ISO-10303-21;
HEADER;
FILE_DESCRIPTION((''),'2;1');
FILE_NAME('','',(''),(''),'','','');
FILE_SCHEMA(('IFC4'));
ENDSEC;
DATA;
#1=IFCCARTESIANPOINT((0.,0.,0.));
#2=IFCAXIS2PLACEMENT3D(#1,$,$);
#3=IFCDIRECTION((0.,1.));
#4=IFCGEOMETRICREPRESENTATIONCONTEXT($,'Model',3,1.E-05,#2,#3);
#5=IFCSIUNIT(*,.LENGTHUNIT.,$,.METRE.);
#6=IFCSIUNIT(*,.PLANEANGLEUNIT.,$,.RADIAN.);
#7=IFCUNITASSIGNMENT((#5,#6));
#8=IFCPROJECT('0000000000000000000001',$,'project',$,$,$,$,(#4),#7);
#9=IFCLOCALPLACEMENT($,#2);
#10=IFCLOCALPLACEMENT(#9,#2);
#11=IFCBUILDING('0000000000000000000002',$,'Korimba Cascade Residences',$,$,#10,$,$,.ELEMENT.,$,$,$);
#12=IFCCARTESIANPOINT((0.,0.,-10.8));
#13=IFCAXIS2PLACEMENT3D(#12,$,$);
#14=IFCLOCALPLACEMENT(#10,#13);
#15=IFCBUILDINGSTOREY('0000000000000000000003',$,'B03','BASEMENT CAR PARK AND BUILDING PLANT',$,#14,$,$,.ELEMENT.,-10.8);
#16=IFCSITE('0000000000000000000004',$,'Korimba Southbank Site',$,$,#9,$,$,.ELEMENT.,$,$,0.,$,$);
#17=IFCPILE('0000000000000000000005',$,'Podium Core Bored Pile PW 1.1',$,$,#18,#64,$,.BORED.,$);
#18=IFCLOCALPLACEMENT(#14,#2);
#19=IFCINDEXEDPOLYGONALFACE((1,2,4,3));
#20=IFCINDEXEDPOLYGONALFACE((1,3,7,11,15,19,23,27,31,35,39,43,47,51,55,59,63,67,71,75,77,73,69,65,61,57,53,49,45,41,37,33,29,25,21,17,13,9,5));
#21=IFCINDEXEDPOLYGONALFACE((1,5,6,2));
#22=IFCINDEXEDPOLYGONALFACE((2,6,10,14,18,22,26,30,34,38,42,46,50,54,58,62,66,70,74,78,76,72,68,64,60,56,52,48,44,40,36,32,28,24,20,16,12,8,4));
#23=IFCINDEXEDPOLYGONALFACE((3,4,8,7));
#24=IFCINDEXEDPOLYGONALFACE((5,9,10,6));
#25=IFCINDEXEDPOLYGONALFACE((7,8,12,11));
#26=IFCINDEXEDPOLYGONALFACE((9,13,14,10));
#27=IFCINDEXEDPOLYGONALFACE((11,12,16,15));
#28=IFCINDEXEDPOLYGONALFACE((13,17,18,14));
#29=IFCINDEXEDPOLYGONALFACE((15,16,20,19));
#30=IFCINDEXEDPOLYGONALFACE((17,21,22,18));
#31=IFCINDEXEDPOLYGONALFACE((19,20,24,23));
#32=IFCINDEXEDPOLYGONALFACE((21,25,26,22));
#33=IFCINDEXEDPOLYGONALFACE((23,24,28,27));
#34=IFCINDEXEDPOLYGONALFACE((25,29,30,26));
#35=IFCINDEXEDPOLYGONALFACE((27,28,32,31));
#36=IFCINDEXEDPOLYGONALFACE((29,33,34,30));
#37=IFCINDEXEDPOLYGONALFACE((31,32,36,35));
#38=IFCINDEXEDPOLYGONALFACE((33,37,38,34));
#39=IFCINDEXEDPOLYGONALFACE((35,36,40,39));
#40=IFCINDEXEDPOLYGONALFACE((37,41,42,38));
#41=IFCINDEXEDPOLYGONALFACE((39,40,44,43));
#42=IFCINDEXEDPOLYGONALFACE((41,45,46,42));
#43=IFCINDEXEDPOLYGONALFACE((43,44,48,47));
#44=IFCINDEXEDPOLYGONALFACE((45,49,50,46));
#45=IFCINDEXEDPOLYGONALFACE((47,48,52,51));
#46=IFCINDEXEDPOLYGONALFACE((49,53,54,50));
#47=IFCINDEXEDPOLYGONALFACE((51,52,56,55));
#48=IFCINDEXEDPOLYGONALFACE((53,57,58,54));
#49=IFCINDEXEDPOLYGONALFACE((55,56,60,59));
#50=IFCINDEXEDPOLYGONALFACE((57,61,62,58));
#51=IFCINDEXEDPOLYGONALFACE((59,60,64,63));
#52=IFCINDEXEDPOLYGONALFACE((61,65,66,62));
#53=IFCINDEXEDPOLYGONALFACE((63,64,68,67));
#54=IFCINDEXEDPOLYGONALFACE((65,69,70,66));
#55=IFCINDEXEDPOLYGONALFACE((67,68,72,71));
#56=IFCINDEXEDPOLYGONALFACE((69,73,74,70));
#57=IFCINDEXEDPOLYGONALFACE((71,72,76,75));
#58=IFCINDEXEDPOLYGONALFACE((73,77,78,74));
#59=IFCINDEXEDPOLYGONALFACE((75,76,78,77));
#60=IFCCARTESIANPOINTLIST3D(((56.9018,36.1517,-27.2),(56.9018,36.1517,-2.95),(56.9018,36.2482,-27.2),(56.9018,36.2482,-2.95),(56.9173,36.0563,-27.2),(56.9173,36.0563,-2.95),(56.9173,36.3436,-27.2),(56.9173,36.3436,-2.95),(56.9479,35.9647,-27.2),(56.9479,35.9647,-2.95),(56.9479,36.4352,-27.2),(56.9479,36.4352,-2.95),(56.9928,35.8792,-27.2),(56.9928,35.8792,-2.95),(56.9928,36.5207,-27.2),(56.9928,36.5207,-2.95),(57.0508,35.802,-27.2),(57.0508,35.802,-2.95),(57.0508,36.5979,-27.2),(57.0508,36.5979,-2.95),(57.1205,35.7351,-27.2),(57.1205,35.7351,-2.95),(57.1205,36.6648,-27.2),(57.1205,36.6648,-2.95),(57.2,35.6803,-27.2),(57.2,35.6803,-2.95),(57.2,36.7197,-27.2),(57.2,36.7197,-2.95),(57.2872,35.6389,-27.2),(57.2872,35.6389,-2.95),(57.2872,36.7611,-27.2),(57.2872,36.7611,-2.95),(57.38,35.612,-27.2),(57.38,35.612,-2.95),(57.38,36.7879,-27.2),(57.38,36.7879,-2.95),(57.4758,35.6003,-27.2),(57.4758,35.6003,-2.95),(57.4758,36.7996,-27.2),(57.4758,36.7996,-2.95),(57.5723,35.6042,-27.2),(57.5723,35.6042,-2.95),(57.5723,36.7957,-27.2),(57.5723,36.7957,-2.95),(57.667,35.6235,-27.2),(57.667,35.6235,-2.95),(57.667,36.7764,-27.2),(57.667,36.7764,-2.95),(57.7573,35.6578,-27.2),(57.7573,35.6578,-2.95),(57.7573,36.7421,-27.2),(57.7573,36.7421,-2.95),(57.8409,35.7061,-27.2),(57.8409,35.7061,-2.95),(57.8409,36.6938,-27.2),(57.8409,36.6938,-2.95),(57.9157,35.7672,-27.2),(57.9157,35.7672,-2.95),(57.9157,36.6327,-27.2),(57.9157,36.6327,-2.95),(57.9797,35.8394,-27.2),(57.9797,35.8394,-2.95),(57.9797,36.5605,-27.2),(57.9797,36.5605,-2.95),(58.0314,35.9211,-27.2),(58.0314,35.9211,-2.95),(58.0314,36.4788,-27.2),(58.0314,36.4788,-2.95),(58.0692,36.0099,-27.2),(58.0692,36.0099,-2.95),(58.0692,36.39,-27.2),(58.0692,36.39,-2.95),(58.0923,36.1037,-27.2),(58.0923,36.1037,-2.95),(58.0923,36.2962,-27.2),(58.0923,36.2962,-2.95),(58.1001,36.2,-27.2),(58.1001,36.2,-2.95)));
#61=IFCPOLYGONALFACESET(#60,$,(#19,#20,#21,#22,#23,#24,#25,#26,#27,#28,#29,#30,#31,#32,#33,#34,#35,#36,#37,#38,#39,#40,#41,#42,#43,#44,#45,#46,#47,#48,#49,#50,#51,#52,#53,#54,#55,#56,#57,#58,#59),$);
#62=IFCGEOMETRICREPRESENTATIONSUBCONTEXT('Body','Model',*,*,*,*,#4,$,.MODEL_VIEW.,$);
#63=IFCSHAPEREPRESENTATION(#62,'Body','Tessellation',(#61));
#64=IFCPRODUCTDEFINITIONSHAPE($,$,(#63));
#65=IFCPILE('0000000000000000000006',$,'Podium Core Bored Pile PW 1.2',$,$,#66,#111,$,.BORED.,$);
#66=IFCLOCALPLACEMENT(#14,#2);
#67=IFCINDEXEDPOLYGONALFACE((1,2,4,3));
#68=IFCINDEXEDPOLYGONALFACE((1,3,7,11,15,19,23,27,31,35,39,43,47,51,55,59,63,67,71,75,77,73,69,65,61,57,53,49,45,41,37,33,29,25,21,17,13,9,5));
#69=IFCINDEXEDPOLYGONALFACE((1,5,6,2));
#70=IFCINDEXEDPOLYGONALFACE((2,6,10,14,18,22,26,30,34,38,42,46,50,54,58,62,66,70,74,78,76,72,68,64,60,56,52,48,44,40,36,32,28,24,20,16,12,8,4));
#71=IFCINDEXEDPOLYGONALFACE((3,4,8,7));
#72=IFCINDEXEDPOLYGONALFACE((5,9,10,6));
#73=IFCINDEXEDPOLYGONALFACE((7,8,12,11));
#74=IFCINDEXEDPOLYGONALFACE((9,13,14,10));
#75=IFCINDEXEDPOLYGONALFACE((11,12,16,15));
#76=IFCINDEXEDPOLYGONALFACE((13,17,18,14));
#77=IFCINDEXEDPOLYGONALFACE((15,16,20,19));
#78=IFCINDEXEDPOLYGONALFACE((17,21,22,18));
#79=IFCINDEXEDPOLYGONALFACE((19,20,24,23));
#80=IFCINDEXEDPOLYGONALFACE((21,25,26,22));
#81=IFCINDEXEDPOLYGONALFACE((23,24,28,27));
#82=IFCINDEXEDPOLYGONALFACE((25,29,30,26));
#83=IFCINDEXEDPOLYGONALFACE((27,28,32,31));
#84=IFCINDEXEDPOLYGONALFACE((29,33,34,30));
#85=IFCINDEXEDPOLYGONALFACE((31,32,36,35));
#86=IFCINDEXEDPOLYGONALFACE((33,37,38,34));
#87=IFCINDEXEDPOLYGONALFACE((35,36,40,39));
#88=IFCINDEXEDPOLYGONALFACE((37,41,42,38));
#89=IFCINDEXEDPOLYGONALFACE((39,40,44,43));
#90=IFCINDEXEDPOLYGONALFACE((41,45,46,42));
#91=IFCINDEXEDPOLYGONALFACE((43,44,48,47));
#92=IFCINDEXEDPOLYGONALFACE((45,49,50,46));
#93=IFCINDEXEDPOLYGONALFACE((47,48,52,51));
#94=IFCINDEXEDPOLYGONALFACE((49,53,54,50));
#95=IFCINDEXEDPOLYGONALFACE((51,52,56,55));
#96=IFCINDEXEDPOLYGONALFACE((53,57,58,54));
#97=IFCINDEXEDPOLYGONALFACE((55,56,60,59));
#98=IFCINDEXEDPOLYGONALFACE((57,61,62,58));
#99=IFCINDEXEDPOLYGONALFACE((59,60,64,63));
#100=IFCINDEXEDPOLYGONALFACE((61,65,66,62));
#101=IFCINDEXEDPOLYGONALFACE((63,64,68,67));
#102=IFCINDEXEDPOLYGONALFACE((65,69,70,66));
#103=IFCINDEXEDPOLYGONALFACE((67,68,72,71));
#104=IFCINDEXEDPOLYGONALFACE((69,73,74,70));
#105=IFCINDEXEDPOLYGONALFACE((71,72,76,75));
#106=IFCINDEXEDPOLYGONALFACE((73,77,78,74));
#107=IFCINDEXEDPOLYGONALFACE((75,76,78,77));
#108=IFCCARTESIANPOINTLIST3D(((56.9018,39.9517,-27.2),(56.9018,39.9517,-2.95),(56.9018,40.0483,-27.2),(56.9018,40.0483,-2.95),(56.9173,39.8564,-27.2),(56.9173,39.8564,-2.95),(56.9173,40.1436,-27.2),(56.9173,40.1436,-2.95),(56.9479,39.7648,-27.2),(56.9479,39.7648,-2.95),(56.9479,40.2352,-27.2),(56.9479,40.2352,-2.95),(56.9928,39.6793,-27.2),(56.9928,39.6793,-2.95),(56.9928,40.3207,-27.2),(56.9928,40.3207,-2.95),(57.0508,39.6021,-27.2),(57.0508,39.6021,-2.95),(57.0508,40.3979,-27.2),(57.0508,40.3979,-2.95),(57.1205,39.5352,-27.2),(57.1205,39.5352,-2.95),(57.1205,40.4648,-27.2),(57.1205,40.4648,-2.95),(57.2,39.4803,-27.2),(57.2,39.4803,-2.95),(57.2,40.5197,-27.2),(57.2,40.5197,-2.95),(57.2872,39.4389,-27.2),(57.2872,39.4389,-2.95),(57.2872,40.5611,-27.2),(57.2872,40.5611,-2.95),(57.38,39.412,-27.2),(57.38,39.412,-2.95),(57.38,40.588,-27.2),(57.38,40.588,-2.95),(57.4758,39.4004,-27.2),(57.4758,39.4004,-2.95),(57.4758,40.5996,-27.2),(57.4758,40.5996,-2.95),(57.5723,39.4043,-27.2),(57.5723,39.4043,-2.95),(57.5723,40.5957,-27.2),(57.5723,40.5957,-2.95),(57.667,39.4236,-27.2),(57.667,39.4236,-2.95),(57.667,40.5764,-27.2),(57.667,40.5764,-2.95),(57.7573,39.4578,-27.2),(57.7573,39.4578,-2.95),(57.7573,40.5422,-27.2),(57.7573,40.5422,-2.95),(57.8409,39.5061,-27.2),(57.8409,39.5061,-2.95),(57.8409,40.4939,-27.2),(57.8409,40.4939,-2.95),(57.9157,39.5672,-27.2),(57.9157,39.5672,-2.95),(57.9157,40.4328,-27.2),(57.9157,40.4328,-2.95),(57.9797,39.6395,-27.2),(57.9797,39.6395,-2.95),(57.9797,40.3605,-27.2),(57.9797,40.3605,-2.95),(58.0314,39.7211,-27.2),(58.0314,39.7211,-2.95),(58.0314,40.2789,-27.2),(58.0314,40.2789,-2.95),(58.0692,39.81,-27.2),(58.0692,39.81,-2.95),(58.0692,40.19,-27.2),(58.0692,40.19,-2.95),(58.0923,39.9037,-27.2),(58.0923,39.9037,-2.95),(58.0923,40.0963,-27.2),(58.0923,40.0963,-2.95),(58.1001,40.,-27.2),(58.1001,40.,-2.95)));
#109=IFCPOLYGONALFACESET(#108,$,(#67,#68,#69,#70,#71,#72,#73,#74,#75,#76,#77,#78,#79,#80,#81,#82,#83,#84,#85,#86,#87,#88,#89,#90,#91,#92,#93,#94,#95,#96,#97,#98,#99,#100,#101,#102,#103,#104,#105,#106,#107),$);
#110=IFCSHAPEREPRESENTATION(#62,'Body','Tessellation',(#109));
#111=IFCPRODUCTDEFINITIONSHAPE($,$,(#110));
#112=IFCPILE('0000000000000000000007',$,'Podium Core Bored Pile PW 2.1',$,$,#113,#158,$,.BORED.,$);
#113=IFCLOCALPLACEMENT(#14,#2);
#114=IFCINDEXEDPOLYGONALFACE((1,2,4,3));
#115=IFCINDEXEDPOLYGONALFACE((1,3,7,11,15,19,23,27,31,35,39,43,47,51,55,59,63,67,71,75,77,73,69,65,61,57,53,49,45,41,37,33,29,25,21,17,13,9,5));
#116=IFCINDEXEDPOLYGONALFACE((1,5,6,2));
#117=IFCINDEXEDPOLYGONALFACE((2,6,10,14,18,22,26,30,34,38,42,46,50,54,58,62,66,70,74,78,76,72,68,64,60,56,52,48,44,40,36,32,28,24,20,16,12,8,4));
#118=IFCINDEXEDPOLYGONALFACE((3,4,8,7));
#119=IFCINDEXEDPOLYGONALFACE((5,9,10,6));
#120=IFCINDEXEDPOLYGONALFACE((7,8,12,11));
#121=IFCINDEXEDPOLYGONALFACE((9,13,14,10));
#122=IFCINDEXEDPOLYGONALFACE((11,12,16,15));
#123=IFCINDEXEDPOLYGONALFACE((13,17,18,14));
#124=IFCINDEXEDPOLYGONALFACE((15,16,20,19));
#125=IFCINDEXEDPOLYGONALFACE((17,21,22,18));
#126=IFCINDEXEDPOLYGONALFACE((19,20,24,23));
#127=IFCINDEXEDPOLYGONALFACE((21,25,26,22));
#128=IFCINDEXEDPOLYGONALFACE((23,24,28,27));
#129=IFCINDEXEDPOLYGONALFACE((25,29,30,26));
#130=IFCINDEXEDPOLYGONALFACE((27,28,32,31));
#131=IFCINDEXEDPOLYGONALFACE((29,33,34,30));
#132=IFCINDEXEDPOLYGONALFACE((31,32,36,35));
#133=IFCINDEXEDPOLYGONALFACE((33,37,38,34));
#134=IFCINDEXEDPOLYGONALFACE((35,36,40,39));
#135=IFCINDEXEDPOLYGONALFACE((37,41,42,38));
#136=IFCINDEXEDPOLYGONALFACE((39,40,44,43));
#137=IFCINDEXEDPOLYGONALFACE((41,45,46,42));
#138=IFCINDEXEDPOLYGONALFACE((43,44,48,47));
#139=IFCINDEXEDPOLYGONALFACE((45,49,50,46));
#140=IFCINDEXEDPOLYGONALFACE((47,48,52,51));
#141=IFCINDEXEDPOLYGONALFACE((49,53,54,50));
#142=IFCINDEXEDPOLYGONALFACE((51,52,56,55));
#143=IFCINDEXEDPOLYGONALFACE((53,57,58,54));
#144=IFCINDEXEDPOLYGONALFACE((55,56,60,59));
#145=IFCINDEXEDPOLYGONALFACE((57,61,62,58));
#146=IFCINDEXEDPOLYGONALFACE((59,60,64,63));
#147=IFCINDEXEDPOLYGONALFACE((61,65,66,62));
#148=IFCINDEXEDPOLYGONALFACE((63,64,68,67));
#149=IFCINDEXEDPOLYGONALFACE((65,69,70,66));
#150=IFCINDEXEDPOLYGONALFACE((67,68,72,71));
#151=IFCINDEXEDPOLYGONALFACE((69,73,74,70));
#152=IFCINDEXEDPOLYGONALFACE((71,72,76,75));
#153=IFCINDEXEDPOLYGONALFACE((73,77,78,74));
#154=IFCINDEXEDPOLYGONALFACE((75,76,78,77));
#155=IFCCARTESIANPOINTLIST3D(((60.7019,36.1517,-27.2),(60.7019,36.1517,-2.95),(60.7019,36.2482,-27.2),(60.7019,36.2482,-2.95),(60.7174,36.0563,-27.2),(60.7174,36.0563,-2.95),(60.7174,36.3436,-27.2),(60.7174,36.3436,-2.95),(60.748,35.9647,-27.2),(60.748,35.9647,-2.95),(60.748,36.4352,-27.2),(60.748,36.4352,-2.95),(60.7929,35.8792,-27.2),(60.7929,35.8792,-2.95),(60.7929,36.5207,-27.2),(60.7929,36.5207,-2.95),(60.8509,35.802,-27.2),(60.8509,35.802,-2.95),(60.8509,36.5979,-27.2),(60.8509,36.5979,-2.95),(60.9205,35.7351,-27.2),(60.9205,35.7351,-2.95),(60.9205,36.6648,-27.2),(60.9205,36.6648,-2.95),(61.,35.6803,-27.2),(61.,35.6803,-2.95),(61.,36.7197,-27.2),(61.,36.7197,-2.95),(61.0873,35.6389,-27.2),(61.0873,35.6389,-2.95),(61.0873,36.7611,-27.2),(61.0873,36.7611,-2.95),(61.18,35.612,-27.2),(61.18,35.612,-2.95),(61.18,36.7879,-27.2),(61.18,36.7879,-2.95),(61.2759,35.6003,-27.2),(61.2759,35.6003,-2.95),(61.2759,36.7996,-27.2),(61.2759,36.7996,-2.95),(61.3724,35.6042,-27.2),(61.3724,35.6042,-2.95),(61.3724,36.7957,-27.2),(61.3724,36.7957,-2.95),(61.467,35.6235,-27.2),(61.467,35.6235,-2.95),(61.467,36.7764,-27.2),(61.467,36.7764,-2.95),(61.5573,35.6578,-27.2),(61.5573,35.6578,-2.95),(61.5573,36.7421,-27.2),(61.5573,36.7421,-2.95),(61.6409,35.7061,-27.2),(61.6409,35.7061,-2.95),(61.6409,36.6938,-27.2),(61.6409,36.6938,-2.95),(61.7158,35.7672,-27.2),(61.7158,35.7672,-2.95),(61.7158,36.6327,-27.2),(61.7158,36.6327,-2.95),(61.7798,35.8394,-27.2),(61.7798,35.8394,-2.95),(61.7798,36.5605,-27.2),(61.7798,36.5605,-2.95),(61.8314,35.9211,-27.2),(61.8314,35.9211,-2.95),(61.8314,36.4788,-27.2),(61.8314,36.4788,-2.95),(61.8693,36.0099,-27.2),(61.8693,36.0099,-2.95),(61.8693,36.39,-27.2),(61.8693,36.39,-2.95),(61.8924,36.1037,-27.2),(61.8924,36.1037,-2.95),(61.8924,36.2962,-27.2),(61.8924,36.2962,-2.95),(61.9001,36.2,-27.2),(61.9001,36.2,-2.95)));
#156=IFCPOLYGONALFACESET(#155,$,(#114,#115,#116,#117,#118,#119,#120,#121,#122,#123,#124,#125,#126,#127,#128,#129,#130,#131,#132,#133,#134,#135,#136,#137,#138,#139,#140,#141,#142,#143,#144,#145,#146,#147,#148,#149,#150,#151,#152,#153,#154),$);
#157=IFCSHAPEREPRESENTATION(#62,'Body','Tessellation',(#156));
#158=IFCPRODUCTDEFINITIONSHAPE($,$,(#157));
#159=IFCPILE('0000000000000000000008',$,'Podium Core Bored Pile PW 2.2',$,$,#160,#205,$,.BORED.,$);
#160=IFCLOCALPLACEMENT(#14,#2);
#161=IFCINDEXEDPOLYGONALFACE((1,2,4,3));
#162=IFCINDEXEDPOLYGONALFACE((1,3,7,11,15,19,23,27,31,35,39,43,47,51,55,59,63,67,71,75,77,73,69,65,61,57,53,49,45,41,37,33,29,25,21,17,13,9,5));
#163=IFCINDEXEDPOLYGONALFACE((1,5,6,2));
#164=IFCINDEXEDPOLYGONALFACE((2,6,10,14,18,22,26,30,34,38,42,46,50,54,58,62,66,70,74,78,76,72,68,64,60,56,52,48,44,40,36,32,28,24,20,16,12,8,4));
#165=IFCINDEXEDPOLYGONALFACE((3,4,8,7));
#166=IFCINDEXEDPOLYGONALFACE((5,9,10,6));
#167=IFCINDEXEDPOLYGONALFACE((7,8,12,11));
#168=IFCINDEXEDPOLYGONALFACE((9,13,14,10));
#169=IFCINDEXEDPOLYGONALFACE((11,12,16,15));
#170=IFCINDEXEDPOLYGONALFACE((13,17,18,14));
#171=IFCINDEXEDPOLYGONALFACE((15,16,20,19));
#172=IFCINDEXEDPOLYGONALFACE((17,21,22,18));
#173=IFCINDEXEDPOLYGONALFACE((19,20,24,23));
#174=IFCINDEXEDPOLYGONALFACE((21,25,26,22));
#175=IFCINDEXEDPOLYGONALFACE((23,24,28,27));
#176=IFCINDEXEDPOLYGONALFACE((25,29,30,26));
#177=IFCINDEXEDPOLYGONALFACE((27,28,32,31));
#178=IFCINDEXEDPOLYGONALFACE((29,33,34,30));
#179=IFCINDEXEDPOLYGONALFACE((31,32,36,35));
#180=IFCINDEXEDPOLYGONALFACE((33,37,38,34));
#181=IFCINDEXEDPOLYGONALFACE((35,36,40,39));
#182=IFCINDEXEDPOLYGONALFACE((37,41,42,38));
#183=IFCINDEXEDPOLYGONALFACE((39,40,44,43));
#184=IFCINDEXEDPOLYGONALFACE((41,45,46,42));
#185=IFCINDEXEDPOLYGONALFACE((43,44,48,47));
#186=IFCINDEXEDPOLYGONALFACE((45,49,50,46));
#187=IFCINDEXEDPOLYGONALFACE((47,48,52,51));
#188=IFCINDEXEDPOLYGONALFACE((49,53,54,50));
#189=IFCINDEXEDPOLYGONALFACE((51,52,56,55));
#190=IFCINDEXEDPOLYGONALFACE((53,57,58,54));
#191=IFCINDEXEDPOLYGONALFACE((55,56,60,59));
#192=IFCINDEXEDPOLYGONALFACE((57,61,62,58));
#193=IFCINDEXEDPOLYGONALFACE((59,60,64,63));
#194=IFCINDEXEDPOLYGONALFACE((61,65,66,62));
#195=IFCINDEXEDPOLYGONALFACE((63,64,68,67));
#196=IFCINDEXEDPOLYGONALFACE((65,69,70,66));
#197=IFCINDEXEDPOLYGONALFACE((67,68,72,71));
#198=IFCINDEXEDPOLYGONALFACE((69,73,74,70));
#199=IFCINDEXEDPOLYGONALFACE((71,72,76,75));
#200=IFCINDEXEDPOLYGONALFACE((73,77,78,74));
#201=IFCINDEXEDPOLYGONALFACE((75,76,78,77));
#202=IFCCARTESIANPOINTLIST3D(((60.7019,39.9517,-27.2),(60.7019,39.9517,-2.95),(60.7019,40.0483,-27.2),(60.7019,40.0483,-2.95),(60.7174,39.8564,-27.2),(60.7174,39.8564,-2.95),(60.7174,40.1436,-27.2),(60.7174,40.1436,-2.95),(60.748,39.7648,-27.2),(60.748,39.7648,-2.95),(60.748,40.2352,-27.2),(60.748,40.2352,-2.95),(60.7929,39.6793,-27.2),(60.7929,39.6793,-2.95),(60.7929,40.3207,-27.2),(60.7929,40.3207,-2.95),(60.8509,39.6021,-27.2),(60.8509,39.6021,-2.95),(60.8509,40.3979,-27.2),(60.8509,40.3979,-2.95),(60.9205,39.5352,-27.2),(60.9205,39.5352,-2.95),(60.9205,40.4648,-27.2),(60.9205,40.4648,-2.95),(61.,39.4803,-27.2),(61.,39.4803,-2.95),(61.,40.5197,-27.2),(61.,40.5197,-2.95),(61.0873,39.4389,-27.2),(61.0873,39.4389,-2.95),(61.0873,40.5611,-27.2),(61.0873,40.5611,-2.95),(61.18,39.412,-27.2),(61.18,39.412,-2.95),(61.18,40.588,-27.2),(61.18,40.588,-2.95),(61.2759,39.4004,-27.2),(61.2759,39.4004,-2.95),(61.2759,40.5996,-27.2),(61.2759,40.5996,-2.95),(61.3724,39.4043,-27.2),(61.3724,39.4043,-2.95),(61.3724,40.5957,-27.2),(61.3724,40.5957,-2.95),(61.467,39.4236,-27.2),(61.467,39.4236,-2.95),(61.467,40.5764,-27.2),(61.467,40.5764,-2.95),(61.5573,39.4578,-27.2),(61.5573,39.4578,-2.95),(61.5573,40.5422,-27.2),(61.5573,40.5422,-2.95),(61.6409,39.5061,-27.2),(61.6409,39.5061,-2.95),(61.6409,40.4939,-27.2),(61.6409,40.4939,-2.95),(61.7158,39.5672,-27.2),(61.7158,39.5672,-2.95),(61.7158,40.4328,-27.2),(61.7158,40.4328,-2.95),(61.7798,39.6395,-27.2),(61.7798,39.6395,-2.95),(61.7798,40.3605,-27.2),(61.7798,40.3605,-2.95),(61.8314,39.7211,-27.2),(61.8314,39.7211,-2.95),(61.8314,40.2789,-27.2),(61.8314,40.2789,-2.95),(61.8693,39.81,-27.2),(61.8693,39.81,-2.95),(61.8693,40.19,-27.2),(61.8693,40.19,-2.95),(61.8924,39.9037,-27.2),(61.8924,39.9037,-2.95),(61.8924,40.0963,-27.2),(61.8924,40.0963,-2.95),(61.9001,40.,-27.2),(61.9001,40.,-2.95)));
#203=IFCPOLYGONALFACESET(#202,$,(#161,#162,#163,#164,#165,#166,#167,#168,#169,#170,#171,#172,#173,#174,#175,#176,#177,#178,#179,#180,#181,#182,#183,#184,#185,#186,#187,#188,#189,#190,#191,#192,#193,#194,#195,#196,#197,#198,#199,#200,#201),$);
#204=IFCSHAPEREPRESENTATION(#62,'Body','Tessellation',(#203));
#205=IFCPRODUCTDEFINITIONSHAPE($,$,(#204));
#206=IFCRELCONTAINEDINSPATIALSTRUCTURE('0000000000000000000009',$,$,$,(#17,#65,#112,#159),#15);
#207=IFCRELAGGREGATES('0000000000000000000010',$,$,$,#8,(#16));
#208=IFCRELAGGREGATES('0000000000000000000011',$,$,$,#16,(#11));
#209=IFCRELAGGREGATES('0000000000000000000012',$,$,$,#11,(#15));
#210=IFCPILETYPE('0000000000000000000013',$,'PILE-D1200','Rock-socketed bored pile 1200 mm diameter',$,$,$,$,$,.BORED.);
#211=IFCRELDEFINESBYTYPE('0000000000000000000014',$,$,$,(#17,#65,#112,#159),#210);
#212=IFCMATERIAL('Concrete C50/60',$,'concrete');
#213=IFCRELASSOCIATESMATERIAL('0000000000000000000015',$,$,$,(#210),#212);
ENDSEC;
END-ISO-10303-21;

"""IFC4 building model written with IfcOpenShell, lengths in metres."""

from ifc_helpers import new_model, si_unit, direction, frame, origin, origin_2d, place, context, subcontext, project, spatial, circle, extrude, material, material_profile, profile_set, type_object, element, save


model = new_model("IFC4")

# Units and contexts
model_context = context("Model", 3, precision=1e-05, world=origin(), true_north=direction((0.0, 1.0)))
body_context = subcontext(model_context, "Body", "Model", "MODEL_VIEW")
ifc_project = project(units=[si_unit("LENGTHUNIT", "METRE"), si_unit("PLANEANGLEUNIT", "RADIAN")], contexts=[model_context])

# Site, building, storey
site_placement = place(None, origin())
site = spatial("IfcSite", under=ifc_project, at=site_placement, Name="Korimba Southbank Site", CompositionType="ELEMENT", RefElevation=0.0)
building_placement = place(site_placement, origin())
building = spatial("IfcBuilding", under=site, at=building_placement, Name="Korimba Cascade Residences", CompositionType="ELEMENT")
storey_placement = place(building_placement, frame((0.0, 0.0, -10.8)))
storey = spatial("IfcBuildingStorey", under=building, at=storey_placement, Name="B03", Description="BASEMENT CAR PARK AND BUILDING PLANT", CompositionType="ELEMENT", Elevation=-10.8)

# Piles
ifc_material_1 = material(Name="Concrete C50/60", Category="concrete")
ifc_material_profile_1 = material_profile(ifc_material_1, circle(Radius=0.6001, at=origin_2d()), Name="Concrete C50/60")
ifc_profile_set_1 = profile_set([ifc_material_profile_1], Name="Concrete C50/60")
pile_type = type_object("IfcPileType", Name="PILE-D1200", Description="Rock-socketed bored pile 1200 mm diameter", PredefinedType="BORED", material=ifc_profile_set_1)
for number, where, z_axis, x_axis, name in (
    (1, (57.5, 36.2, -2.95), (0.0, 0.0, -1.0), (1.0, 0.0, 0.0), "Podium Core Bored Pile PW 1.1"),
    (2, (57.5, 40.0, -2.95), (0.0, 0.0, -1.0), (1.0, 0.0, 0.0), "Podium Core Bored Pile PW 1.2"),
    (3, (61.3, 36.2, -2.95), (0.0, 0.0, -1.0), (1.0, 0.0, 0.0), "Podium Core Bored Pile PW 2.1"),
    (4, (61.3, 40.0, -2.95), (0.0, 0.0, -1.0), (1.0, 0.0, 0.0), "Podium Core Bored Pile PW 2.2"),
):
    element("IfcPile", number, at=place(storey_placement, frame(where, z_axis=z_axis, x_axis=x_axis)), inside=storey, type_object=pile_type, Name=name, PredefinedType="BORED", context=body_context, shape_type="SweptSolid", body=[
        extrude(circle(Radius=0.6001, at=origin_2d()), origin(), (0.0, 0.0, 1.0), 24.25),
    ])

save(model, "model.ifc")
